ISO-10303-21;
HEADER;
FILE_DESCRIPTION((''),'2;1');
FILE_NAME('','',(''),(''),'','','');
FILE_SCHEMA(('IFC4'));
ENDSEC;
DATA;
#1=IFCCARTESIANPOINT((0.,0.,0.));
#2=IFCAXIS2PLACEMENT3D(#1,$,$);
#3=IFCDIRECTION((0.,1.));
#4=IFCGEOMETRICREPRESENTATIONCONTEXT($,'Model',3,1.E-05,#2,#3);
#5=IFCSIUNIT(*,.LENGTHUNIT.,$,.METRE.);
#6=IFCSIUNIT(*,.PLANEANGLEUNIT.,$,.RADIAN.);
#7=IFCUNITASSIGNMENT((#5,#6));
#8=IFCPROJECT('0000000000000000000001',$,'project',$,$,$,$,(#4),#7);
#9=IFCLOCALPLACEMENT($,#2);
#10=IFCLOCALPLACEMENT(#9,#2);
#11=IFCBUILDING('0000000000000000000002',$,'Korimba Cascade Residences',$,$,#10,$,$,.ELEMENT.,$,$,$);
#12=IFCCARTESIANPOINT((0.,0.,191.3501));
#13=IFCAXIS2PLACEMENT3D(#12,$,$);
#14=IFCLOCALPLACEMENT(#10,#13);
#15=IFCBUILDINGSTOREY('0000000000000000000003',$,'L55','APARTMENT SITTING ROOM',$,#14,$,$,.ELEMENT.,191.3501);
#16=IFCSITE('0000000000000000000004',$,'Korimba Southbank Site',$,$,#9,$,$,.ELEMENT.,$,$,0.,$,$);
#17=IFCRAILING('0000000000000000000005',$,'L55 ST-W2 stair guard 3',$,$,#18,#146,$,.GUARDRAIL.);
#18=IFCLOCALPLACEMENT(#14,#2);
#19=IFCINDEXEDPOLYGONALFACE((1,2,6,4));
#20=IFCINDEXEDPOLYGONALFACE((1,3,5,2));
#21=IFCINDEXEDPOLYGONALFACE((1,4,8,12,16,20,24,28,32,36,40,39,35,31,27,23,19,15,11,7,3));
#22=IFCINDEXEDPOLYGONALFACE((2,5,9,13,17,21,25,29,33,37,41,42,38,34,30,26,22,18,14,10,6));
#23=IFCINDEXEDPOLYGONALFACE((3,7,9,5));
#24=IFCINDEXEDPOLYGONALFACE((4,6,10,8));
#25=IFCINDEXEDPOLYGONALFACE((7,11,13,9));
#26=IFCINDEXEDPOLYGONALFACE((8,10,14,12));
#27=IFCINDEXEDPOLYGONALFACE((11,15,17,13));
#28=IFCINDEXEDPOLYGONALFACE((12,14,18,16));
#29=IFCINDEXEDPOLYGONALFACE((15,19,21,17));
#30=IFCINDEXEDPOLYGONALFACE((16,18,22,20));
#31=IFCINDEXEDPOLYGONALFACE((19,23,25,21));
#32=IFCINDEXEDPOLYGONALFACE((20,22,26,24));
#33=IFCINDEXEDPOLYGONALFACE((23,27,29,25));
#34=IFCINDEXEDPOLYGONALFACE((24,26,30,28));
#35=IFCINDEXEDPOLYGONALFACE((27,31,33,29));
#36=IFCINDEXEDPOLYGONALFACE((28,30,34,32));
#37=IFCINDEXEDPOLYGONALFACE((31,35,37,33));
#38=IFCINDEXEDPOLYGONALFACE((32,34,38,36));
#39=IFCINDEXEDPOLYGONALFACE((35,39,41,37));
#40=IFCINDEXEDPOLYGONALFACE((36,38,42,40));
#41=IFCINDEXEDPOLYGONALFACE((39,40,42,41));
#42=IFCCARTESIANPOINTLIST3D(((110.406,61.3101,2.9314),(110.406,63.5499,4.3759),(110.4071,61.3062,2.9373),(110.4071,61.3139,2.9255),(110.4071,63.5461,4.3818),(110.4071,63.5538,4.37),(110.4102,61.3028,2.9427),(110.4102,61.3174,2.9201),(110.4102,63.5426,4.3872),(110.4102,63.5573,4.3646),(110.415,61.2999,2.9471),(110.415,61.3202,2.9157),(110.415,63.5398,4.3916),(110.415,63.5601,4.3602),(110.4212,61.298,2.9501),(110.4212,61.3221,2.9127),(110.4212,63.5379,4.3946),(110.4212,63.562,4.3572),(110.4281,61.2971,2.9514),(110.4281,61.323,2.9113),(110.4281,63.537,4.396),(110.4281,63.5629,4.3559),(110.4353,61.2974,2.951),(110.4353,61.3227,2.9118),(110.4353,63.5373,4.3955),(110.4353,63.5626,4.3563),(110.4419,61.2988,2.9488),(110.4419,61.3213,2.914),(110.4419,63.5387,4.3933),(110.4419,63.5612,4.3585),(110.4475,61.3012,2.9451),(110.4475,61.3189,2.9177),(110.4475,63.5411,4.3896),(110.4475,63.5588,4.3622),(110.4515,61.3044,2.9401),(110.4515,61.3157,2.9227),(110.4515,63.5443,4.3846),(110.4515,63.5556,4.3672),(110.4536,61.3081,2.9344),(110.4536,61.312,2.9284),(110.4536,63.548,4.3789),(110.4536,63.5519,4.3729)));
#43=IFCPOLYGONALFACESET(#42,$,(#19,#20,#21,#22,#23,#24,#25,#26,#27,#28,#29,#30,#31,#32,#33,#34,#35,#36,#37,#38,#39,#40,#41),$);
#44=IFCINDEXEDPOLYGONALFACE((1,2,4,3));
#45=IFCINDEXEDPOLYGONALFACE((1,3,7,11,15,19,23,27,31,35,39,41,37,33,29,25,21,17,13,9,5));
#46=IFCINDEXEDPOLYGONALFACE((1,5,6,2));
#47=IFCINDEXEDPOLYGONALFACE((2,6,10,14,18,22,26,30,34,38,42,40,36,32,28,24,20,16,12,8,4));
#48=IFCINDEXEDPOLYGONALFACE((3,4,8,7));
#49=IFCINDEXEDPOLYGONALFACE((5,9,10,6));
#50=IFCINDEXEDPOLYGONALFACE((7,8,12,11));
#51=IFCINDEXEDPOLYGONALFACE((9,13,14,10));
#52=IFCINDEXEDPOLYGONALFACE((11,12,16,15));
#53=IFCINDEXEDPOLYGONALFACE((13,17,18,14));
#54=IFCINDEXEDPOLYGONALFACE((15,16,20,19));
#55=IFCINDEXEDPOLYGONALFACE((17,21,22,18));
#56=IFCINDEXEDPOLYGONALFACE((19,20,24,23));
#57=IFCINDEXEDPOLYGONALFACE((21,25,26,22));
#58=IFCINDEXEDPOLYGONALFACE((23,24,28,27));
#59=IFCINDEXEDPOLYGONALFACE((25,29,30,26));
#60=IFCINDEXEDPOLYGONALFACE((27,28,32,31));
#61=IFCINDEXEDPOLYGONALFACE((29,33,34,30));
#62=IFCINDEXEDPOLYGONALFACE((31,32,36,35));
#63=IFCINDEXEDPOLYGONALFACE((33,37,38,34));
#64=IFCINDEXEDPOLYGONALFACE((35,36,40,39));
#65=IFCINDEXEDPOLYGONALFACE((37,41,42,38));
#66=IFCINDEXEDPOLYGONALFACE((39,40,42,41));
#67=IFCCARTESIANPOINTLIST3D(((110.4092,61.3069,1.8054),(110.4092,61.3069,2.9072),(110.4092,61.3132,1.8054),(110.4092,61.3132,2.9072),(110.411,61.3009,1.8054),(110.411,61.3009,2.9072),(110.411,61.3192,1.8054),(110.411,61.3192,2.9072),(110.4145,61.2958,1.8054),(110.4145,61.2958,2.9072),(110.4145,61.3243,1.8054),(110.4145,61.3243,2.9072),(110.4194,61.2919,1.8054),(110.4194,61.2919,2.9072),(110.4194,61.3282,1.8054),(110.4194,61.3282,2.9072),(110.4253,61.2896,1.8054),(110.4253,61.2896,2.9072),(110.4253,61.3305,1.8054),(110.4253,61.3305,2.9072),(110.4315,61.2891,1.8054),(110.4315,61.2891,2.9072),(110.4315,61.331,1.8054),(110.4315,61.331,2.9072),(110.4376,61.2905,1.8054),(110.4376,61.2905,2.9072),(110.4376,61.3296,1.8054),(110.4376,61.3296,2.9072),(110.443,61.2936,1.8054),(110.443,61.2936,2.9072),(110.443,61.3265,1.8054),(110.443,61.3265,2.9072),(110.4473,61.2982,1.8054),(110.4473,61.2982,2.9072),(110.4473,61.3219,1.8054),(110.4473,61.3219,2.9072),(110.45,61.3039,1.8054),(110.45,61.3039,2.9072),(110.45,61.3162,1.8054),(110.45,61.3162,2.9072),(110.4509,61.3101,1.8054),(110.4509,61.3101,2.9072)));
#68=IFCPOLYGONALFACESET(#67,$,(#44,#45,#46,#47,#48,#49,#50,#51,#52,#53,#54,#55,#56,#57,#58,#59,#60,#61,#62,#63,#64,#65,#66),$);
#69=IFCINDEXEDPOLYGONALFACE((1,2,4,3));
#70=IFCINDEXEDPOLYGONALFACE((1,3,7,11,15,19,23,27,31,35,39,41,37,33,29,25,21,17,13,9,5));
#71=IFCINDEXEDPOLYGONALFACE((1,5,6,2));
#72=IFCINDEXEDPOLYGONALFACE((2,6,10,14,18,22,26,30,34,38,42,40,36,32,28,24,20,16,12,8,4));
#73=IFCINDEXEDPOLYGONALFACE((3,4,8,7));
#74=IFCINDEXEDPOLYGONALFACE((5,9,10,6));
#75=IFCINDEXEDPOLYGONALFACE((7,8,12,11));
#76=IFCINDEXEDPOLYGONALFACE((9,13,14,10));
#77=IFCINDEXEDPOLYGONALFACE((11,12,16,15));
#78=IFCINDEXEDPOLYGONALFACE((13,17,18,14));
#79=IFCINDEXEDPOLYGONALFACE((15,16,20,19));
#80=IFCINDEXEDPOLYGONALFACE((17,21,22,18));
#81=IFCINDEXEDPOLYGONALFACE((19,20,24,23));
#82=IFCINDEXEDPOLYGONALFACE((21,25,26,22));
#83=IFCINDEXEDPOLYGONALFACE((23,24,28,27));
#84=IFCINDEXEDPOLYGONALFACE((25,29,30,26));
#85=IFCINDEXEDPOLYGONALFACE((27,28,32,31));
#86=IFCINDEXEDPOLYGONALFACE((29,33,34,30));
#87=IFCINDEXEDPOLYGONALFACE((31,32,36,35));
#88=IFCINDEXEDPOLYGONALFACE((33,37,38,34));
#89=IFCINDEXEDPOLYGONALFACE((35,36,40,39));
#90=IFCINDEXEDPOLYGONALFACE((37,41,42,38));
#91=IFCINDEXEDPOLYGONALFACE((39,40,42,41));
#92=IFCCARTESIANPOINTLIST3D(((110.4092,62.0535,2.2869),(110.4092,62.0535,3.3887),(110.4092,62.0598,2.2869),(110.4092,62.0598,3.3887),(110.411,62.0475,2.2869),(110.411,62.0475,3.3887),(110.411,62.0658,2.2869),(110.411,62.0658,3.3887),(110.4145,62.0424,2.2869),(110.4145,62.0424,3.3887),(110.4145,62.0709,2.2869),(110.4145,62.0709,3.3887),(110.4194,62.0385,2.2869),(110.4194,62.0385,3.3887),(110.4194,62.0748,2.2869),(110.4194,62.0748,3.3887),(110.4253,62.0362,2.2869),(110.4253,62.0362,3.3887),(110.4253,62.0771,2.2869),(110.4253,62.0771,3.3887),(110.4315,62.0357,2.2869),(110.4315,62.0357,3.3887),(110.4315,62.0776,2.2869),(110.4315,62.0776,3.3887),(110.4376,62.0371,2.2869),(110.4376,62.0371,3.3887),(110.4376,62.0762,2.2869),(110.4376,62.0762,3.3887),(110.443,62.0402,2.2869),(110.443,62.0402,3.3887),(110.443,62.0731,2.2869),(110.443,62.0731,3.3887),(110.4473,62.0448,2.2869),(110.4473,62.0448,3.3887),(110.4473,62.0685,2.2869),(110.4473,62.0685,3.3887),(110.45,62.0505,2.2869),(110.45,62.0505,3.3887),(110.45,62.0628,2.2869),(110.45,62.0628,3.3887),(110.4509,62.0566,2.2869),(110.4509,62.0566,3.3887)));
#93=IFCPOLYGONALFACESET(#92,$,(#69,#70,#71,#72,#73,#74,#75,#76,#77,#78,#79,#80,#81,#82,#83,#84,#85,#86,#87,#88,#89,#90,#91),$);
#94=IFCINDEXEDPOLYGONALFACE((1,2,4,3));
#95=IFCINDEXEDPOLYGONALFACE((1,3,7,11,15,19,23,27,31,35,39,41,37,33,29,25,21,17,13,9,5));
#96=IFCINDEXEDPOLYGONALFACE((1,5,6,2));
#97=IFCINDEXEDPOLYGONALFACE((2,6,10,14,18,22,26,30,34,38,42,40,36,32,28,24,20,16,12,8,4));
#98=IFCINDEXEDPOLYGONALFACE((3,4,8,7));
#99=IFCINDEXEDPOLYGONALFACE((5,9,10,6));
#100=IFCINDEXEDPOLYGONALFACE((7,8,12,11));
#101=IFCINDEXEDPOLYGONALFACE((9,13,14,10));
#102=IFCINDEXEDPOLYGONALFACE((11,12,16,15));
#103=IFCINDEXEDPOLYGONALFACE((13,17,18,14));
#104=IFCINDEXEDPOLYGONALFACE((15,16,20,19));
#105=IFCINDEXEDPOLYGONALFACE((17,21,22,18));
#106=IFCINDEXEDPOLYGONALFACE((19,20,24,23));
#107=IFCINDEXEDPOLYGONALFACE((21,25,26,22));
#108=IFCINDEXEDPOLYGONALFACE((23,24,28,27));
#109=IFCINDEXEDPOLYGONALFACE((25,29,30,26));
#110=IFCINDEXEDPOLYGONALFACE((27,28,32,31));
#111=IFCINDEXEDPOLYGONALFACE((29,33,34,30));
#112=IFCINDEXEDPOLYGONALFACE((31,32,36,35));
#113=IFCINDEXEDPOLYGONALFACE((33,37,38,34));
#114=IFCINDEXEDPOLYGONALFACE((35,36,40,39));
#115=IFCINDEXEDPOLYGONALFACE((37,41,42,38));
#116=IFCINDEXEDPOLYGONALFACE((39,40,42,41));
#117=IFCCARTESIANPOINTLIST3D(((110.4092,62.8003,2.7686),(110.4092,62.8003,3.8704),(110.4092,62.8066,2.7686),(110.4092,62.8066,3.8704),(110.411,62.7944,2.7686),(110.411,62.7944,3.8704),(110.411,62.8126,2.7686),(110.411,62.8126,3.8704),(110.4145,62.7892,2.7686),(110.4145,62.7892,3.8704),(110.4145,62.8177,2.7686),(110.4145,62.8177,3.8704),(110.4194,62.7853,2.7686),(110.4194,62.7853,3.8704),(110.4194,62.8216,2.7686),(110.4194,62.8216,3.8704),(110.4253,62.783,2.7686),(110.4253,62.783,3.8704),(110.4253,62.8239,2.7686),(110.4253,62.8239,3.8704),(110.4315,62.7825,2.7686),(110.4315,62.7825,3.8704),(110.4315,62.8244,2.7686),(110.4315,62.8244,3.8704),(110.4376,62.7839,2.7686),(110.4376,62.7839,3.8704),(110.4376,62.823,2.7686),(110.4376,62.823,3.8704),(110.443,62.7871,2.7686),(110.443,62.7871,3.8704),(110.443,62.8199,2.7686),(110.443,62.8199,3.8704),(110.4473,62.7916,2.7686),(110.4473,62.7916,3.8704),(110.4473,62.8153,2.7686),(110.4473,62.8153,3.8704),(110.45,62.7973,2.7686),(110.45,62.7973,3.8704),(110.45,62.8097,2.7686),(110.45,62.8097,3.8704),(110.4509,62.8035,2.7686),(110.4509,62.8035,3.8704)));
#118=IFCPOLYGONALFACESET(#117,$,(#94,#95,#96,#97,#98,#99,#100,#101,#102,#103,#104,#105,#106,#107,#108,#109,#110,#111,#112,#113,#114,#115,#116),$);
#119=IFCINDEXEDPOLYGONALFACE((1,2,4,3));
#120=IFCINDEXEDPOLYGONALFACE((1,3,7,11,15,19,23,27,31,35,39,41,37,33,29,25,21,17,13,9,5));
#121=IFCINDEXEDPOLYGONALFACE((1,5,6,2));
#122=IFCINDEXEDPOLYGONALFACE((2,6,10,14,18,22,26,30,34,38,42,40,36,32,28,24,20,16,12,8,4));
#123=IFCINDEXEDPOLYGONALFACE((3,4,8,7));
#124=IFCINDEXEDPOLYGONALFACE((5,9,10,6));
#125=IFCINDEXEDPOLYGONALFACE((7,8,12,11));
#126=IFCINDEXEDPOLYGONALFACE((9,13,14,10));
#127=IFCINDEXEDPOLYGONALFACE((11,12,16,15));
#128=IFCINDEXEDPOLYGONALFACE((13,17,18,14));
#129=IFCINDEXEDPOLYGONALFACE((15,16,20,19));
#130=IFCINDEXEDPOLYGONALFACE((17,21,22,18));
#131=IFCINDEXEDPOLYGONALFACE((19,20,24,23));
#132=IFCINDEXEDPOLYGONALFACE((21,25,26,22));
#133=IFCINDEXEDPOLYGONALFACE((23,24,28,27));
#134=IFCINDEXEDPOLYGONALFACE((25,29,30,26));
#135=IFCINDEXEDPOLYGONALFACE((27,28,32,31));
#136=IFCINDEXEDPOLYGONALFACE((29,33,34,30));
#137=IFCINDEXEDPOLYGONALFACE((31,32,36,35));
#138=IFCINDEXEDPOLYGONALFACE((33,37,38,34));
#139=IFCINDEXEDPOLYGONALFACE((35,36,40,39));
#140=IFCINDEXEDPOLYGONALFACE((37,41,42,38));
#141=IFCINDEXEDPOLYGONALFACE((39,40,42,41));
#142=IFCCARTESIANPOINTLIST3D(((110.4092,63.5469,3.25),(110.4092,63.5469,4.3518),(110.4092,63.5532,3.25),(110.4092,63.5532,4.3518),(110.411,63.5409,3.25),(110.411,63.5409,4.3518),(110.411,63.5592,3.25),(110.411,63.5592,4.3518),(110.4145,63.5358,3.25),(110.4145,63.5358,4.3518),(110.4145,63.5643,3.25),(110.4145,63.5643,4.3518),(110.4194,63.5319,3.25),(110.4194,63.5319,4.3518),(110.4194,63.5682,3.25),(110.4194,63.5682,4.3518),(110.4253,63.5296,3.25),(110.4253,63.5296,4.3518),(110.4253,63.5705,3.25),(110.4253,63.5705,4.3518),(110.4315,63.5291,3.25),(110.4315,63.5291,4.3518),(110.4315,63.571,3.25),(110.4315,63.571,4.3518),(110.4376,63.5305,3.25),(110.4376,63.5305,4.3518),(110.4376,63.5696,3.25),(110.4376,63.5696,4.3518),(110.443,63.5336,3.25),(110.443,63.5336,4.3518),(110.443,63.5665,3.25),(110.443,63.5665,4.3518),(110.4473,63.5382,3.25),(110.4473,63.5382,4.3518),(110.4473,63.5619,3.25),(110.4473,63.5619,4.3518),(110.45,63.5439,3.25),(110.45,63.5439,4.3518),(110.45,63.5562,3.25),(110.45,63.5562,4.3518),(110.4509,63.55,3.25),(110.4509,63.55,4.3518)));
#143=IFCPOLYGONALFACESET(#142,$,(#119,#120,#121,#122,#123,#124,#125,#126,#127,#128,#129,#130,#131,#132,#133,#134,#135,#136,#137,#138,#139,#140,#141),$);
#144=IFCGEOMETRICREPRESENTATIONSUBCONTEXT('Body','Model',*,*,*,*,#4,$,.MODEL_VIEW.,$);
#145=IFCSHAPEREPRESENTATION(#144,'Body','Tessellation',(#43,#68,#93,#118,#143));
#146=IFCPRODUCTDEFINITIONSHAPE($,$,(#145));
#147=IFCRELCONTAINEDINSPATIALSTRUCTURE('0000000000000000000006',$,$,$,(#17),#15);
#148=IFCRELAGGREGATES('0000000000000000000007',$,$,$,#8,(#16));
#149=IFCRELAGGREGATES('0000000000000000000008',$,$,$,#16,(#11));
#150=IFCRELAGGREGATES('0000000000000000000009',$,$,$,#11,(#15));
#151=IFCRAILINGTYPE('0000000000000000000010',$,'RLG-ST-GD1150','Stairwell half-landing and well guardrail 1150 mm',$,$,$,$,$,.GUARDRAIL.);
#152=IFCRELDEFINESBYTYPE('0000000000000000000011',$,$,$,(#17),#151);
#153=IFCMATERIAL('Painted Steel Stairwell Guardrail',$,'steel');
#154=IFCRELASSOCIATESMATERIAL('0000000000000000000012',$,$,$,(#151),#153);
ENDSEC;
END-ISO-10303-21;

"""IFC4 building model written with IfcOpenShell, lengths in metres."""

from ifc_helpers import new_model, si_unit, direction, frame, origin, origin_2d, place, context, subcontext, project, spatial, circle, extrude, material, type_object, element, save


model = new_model("IFC4")

# Units and contexts
model_context = context("Model", 3, precision=1e-05, world=origin(), true_north=direction((0.0, 1.0)))
body_context = subcontext(model_context, "Body", "Model", "MODEL_VIEW")
ifc_project = project(units=[si_unit("LENGTHUNIT", "METRE"), si_unit("PLANEANGLEUNIT", "RADIAN")], contexts=[model_context])

# Site, building, storey
site_placement = place(None, origin())
site = spatial("IfcSite", under=ifc_project, at=site_placement, Name="Korimba Southbank Site", CompositionType="ELEMENT", RefElevation=0.0)
building_placement = place(site_placement, origin())
building = spatial("IfcBuilding", under=site, at=building_placement, Name="Korimba Cascade Residences", CompositionType="ELEMENT")
storey_placement = place(building_placement, frame((0.0, 0.0, 191.3501)))
storey = spatial("IfcBuildingStorey", under=building, at=storey_placement, Name="L55", Description="APARTMENT SITTING ROOM", CompositionType="ELEMENT", Elevation=191.3501)

# Railing
ifc_material_1 = material(Name="Painted Steel Stairwell Guardrail", Category="steel")
railing_type_1 = type_object("IfcRailingType", Name="RLG-ST-GD1150", Description="Stairwell half-landing and well guardrail 1150 mm", PredefinedType="GUARDRAIL", material=ifc_material_1)
railing_1_placement = place(storey_placement, frame((110.4299, 61.3101, 1.8054)))
element("IfcRailing", 1, at=railing_1_placement, inside=storey, type_object=railing_type_1, Name="L55 ST-W2 stair guard 3", PredefinedType="GUARDRAIL", context=body_context, shape_type="SweptSolid", body=[
    extrude(circle(Radius=0.0239, at=origin_2d()), frame((0.0, 0.0, 1.126), z_axis=(0.0, 0.840395, 0.541975), x_axis=(-1.0, 0.0, 0.0)), (0.0, 0.0, 1.0), 2.6653),
    extrude(circle(Radius=0.021, at=origin_2d()), origin(), (0.0, 0.0, 1.0), 1.1018),
    extrude(circle(Radius=0.021, at=origin_2d()), frame((0.0, 0.7466, 0.4814)), (0.0, 0.0, 1.0), 1.1018),
    extrude(circle(Radius=0.021, at=origin_2d()), frame((0.0, 1.4934, 0.9631)), (0.0, 0.0, 1.0), 1.1018),
    extrude(circle(Radius=0.021, at=origin_2d()), frame((0.0, 2.24, 1.4446)), (0.0, 0.0, 1.0), 1.1018),
])

save(model, "model.ifc")
